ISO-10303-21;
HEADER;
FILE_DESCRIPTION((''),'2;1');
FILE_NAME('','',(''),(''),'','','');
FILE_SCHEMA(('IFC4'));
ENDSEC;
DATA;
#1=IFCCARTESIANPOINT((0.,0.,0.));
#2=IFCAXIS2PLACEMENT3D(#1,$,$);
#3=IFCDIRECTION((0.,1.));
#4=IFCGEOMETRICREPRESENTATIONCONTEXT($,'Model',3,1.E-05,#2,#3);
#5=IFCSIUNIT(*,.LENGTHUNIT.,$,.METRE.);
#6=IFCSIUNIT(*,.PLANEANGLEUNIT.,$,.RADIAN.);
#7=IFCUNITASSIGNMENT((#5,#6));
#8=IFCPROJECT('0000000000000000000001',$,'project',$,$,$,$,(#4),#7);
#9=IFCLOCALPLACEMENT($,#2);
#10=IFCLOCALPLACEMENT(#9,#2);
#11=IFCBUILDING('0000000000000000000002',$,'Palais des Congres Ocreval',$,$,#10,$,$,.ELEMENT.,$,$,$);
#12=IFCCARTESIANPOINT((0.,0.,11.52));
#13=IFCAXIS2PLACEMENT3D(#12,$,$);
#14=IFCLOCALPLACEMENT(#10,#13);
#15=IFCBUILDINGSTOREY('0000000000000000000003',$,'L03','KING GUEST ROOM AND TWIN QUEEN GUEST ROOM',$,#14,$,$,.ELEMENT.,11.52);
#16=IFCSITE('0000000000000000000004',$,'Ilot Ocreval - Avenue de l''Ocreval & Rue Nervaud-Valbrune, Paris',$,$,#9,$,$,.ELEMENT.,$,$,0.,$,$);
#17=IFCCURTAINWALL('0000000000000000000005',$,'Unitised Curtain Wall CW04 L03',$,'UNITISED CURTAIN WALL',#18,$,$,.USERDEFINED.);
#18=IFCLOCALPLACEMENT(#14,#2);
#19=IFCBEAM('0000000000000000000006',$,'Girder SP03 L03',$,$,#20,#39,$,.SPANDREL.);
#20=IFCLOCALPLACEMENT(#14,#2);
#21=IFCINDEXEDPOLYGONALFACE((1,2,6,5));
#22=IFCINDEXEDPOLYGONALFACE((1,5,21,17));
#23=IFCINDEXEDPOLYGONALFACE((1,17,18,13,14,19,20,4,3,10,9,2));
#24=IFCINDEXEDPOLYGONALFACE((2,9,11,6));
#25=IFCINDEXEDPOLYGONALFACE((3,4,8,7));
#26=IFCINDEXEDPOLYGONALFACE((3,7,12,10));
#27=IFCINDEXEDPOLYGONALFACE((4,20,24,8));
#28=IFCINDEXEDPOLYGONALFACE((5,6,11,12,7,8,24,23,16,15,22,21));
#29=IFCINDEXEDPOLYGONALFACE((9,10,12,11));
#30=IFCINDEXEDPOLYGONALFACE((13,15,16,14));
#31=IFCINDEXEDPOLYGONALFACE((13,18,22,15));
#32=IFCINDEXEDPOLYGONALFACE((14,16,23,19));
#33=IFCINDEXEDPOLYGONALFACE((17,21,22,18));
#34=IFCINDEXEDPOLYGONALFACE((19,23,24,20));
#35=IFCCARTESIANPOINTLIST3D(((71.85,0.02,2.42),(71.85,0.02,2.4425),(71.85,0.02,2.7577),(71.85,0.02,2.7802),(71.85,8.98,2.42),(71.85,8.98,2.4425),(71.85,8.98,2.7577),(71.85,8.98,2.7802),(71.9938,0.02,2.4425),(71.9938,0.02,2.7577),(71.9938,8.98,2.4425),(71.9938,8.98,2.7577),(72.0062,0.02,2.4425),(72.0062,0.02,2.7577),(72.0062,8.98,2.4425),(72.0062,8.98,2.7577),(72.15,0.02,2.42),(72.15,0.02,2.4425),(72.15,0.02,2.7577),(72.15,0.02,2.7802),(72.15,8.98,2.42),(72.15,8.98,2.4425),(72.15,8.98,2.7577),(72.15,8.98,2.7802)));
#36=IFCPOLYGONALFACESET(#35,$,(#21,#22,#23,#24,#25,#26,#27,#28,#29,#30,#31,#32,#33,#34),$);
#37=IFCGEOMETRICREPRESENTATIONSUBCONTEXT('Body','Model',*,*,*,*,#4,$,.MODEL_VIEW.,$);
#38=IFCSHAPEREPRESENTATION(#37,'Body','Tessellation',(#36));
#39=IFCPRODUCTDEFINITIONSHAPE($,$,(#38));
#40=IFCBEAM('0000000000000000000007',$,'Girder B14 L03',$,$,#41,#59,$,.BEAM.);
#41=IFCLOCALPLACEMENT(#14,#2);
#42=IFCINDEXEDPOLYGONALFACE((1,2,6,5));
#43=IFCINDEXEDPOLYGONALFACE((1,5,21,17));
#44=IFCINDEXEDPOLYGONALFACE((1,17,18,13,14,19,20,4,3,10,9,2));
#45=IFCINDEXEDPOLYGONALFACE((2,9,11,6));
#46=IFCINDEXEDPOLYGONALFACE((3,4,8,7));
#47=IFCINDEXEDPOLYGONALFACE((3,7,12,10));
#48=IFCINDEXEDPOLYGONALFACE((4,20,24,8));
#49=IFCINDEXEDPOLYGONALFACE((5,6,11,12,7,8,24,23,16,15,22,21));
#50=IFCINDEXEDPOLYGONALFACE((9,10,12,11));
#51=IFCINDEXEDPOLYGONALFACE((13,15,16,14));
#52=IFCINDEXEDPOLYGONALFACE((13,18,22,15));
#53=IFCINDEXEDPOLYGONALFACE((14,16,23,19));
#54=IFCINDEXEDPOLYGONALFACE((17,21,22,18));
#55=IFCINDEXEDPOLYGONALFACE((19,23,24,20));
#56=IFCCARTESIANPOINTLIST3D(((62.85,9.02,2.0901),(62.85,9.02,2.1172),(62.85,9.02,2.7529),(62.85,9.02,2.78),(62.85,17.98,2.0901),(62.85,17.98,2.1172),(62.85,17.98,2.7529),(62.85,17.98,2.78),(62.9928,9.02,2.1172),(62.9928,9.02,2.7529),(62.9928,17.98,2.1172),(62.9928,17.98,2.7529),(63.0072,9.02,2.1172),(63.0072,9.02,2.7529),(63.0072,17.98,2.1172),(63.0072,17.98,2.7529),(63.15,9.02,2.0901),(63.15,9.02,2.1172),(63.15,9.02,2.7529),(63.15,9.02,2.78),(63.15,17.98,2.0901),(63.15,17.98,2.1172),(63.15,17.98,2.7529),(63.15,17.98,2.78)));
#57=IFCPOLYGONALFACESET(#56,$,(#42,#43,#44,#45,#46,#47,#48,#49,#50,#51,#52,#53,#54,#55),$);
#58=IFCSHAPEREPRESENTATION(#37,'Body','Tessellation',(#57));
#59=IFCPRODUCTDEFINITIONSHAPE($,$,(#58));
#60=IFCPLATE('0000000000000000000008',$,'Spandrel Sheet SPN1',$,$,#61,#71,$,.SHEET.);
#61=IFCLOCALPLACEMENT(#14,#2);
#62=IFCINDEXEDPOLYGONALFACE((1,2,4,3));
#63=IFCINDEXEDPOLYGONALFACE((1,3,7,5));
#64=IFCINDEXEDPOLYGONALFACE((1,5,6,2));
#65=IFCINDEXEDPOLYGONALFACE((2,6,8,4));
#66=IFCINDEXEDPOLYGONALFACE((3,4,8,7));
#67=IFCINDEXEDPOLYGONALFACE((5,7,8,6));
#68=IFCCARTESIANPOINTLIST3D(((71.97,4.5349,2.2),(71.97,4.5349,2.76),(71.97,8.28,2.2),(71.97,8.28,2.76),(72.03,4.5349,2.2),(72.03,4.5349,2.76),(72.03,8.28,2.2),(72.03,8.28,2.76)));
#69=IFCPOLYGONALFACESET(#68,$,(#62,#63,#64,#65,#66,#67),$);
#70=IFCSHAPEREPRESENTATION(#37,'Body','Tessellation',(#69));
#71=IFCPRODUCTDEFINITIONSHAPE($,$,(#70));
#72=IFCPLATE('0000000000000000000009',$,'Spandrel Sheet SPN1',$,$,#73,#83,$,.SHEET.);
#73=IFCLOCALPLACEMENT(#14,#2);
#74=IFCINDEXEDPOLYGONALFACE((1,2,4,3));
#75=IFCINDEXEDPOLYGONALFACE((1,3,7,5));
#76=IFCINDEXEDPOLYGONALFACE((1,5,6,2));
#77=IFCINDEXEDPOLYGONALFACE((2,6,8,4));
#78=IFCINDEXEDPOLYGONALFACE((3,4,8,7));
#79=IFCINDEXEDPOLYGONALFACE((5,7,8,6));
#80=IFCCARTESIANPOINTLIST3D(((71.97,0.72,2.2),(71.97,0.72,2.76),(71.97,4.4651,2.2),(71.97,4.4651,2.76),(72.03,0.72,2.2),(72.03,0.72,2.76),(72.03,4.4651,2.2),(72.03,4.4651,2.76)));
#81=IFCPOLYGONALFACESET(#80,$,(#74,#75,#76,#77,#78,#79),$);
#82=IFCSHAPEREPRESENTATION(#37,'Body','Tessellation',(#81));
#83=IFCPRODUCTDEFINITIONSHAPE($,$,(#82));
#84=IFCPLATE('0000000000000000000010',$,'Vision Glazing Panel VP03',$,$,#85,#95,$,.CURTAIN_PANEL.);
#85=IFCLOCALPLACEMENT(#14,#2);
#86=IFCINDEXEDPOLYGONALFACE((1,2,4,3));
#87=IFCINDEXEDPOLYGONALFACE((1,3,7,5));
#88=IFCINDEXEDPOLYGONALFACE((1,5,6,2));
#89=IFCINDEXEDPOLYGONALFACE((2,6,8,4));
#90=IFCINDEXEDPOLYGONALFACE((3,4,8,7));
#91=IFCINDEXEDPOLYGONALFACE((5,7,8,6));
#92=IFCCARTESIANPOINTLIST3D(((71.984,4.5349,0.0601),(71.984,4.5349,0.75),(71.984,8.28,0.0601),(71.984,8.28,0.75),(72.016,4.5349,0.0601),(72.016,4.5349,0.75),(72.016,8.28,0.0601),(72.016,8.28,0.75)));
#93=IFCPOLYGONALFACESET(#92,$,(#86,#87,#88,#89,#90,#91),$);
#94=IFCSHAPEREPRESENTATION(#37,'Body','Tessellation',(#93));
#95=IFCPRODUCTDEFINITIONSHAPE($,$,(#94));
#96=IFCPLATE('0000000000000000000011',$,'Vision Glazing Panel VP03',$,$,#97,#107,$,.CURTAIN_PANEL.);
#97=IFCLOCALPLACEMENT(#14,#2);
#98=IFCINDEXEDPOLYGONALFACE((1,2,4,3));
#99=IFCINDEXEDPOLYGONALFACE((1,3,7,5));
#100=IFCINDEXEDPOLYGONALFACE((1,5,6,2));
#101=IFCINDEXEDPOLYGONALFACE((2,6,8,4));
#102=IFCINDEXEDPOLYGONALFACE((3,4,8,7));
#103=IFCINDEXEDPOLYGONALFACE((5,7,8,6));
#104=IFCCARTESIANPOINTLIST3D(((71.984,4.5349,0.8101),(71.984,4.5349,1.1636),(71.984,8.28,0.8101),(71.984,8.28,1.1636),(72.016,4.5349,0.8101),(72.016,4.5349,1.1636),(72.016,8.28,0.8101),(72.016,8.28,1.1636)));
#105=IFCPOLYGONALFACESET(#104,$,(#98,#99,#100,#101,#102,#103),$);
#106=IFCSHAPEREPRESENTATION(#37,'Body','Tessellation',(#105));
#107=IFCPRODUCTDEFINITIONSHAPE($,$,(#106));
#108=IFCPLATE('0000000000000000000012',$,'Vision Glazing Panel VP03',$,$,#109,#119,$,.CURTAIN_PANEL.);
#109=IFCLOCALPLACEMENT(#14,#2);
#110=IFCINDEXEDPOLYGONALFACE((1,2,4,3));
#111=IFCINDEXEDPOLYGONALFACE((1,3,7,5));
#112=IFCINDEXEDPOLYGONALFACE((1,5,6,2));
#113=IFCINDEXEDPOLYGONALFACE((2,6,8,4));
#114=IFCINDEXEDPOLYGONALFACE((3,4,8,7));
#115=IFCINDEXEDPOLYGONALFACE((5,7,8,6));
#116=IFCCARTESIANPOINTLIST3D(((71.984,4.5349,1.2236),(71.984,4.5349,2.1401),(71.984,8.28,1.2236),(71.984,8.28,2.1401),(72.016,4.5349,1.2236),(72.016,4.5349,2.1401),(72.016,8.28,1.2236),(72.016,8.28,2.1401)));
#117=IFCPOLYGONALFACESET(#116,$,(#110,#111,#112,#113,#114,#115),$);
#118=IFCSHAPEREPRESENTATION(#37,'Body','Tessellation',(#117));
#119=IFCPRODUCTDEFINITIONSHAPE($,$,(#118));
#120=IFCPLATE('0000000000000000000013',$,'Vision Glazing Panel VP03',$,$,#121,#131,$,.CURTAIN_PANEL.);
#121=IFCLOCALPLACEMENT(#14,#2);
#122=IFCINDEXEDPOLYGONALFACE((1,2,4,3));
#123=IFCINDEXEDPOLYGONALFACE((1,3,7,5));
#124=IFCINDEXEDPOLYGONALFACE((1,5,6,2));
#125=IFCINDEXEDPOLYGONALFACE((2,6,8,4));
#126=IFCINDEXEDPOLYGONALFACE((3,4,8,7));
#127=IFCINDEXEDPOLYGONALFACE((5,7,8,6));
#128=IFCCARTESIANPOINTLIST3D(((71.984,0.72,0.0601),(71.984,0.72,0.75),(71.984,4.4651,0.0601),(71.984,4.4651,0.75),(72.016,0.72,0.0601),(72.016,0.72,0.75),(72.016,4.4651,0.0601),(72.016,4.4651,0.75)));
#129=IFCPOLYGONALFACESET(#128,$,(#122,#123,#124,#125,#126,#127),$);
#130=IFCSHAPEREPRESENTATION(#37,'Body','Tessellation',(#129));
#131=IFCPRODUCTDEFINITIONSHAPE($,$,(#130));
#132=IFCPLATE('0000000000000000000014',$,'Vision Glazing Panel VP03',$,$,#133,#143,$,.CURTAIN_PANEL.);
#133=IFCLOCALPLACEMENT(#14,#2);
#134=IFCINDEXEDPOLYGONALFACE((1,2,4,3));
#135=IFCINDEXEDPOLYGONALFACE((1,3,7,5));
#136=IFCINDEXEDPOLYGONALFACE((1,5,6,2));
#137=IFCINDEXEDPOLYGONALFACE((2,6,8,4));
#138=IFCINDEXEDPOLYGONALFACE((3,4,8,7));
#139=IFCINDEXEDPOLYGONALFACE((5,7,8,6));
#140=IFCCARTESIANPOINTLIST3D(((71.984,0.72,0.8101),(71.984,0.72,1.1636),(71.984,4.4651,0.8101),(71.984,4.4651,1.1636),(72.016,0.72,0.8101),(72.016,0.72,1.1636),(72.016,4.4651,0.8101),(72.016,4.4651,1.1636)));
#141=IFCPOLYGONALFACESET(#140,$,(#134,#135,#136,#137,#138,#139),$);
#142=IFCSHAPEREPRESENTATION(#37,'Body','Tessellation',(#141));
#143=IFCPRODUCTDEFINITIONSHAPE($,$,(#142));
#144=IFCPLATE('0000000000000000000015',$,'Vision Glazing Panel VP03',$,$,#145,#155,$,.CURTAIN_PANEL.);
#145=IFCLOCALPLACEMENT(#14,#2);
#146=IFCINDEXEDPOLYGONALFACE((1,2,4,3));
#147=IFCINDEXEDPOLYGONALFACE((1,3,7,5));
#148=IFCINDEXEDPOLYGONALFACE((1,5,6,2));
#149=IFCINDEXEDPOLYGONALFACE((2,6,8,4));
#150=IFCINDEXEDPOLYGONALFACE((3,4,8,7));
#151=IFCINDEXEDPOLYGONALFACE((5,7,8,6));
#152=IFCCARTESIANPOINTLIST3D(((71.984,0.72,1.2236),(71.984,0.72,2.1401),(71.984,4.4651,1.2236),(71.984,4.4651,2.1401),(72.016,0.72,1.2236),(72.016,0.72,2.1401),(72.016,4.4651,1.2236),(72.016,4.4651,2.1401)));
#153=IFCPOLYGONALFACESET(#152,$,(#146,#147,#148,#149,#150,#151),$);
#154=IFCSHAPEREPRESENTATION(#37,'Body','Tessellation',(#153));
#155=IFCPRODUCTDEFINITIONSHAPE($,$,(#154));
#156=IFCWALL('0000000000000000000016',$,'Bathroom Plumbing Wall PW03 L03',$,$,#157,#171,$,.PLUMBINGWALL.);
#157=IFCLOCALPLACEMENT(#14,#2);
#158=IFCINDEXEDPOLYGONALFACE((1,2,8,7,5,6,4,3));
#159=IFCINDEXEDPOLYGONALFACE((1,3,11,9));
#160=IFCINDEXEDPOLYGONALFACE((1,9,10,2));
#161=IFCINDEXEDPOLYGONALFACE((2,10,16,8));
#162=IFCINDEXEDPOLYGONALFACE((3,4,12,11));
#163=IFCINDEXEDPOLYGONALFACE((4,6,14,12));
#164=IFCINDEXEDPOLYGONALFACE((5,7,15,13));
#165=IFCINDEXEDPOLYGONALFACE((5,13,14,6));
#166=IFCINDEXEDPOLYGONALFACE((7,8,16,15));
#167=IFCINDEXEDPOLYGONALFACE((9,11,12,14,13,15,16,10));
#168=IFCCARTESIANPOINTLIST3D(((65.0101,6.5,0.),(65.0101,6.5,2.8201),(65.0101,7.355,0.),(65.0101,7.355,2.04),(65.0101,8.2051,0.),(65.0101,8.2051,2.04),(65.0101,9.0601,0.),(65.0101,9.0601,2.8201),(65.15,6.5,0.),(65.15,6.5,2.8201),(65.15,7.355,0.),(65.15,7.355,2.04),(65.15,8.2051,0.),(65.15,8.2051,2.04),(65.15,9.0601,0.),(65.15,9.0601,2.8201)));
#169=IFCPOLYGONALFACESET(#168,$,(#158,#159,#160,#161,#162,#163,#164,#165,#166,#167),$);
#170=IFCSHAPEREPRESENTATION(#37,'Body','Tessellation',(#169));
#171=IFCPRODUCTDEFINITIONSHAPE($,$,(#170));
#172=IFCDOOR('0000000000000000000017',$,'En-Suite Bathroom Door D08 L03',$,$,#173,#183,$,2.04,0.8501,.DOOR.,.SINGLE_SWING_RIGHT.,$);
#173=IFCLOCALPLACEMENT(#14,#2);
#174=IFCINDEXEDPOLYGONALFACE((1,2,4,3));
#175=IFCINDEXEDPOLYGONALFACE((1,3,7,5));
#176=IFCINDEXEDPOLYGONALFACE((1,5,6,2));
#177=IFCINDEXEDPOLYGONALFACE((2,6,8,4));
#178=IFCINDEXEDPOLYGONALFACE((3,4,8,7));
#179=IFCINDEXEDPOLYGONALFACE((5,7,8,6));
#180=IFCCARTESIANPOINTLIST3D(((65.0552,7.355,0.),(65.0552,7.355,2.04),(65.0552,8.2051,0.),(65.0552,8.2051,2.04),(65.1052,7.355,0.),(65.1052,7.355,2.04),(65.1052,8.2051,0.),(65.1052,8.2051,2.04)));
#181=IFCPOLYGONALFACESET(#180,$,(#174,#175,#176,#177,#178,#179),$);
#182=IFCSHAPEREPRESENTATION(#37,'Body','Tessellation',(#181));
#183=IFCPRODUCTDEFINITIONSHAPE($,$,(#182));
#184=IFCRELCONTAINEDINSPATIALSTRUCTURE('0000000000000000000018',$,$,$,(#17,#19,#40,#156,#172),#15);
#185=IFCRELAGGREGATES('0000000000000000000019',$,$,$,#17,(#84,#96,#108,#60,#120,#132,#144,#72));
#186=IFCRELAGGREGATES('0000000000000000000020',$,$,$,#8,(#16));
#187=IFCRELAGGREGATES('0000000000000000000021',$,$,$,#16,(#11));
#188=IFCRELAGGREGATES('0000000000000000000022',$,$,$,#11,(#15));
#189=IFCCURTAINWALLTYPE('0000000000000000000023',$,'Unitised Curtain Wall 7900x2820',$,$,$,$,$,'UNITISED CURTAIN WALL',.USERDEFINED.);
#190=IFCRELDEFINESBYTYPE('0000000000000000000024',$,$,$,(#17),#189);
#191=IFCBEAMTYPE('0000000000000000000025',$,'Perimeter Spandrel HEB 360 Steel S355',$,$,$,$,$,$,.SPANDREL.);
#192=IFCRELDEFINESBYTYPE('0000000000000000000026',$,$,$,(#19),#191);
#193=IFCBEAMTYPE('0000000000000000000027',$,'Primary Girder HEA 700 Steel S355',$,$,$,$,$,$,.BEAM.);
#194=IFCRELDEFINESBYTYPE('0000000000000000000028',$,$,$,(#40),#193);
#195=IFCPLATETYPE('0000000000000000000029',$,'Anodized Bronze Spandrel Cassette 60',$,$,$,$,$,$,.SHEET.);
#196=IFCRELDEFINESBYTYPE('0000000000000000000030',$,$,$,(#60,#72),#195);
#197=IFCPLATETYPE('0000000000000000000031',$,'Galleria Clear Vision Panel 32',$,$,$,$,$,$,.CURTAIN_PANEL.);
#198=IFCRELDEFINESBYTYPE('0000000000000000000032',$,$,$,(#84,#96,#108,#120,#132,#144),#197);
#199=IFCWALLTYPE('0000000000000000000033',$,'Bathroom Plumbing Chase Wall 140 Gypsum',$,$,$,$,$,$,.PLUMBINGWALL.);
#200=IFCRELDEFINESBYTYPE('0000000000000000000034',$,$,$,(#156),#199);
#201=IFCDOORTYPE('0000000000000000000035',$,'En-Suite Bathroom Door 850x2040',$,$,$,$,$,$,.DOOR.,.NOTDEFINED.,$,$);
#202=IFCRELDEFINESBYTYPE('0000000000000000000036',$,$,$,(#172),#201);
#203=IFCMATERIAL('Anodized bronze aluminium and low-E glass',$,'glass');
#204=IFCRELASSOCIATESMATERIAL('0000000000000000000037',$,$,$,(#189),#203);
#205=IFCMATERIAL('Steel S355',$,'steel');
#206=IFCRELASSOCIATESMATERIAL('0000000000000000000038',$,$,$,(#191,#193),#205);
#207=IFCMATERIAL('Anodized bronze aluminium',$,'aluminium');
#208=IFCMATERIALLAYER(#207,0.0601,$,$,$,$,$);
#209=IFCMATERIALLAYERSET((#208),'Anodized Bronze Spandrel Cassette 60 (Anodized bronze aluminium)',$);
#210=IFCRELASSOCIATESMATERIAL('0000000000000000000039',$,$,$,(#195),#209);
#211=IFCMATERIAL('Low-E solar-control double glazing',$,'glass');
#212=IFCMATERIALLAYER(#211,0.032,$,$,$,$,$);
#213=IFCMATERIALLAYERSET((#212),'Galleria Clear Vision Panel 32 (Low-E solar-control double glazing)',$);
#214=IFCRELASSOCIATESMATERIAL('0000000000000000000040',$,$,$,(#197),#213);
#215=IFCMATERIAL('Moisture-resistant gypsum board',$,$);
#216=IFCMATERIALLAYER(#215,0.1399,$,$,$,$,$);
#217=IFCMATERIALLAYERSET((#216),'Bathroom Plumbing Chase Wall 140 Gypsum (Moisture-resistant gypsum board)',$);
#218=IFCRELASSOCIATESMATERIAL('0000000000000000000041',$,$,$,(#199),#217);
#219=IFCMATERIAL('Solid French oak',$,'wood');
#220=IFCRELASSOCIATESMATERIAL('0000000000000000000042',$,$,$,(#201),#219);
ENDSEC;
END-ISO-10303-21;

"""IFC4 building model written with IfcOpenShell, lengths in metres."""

from ifc_helpers import new_model, si_unit, direction, frame, frame_2d, origin, origin_2d, place, context, subcontext, project, spatial, rectangle, i_section, extrude, material, layer, layer_set, material_profile, profile_set, type_object, element, fill, aggregate, save


model = new_model("IFC4")

# Units and contexts
model_context = context("Model", 3, precision=1e-05, world=origin(), true_north=direction((0.0, 1.0)))
body_context = subcontext(model_context, "Body", "Model", "MODEL_VIEW")
ifc_project = project(units=[si_unit("LENGTHUNIT", "METRE"), si_unit("PLANEANGLEUNIT", "RADIAN")], contexts=[model_context])

# Site, building, storey
site_placement = place(None, origin())
site = spatial("IfcSite", under=ifc_project, at=site_placement, Name="Ilot Ocreval - Avenue de l'Ocreval & Rue Nervaud-Valbrune, Paris", CompositionType="ELEMENT", RefElevation=0.0)
building_placement = place(site_placement, origin())
building = spatial("IfcBuilding", under=site, at=building_placement, Name="Palais des Congres Ocreval", CompositionType="ELEMENT")
storey_placement = place(building_placement, frame((0.0, 0.0, 11.52)))
storey = spatial("IfcBuildingStorey", under=building, at=storey_placement, Name="L03", Description="KING GUEST ROOM AND TWIN QUEEN GUEST ROOM", CompositionType="ELEMENT", Elevation=11.52)

# Shared definitions
ifc_material_1 = material(Name="Steel S355", Category="steel")

# Curtain wall
ifc_material_2 = material(Name="Anodized bronze aluminium and low-E glass", Category="glass")
curtain_wall_type = type_object("IfcCurtainWallType", Name="Unitised Curtain Wall 7900x2820", ElementType="UNITISED CURTAIN WALL", PredefinedType="USERDEFINED", material=ifc_material_2)
curtain_wall_placement = place(storey_placement, origin())
curtain_wall = element("IfcCurtainWall", 1, at=curtain_wall_placement, inside=storey, type_object=curtain_wall_type, Name="Unitised Curtain Wall CW04 L03", ObjectType="UNITISED CURTAIN WALL", PredefinedType="USERDEFINED")
ifc_material_3 = material(Name="Anodized bronze aluminium", Category="aluminium")

# Beams
ifc_material_profile_1 = material_profile(ifc_material_1, i_section(OverallWidth=0.3, OverallDepth=0.3601, WebThickness=0.0125, FlangeThickness=0.0225, at=origin_2d()), Name="HEB 360")
ifc_profile_set_1 = profile_set([ifc_material_profile_1], Name="Steel S355")
beam_type_1 = type_object("IfcBeamType", Name="Perimeter Spandrel HEB 360 Steel S355", PredefinedType="SPANDREL", material=ifc_profile_set_1)
beam_1_placement = place(storey_placement, frame((72.0, 0.02, 2.6001), z_axis=(0.0, 1.0, 0.0), x_axis=(-1.0, 0.0, 0.0)))
element("IfcBeam", 2, at=beam_1_placement, inside=storey, type_object=beam_type_1, Name="Girder SP03 L03", PredefinedType="SPANDREL", context=body_context, shape_type="SweptSolid", body=[
    extrude(i_section(OverallWidth=0.3, OverallDepth=0.3601, WebThickness=0.0125, FlangeThickness=0.0225, at=origin_2d()), origin(), (0.0, 0.0, 1.0), 8.96),
])
ifc_material_profile_2 = material_profile(ifc_material_1, i_section(OverallWidth=0.3, OverallDepth=0.6899, WebThickness=0.0144, FlangeThickness=0.0271, at=origin_2d()), Name="HEA 700")
ifc_profile_set_2 = profile_set([ifc_material_profile_2], Name="Steel S355")
beam_type_2 = type_object("IfcBeamType", Name="Primary Girder HEA 700 Steel S355", PredefinedType="BEAM", material=ifc_profile_set_2)
beam_2_placement = place(storey_placement, frame((63.0, 9.02, 2.4351), z_axis=(0.0, 1.0, 0.0), x_axis=(-1.0, 0.0, 0.0)))
element("IfcBeam", 3, at=beam_2_placement, inside=storey, type_object=beam_type_2, Name="Girder B14 L03", PredefinedType="BEAM", context=body_context, shape_type="SweptSolid", body=[
    extrude(i_section(OverallWidth=0.3, OverallDepth=0.6899, WebThickness=0.0144, FlangeThickness=0.0271, at=origin_2d()), origin(), (0.0, 0.0, 1.0), 8.96),
])

# Plates
ifc_layer_1 = layer(ifc_material_3, 0.0601)
ifc_layer_set_1 = layer_set([ifc_layer_1], Name="Anodized Bronze Spandrel Cassette 60 (Anodized bronze aluminium)")
plate_type_1 = type_object("IfcPlateType", Name="Anodized Bronze Spandrel Cassette 60", PredefinedType="SHEET", material=ifc_layer_set_1)
plate_1_placement = place(storey_placement, frame((72.0, 6.4075, 2.2), z_axis=(0.0, 0.0, 1.0), x_axis=(0.0, -1.0, 0.0)))
plate_1 = element("IfcPlate", 4, at=plate_1_placement, type_object=plate_type_1, Name="Spandrel Sheet SPN1", PredefinedType="SHEET", context=body_context, shape_type="SweptSolid", body=[
    extrude(rectangle(XDim=3.7451, YDim=0.0601, at=origin_2d()), origin(), (0.0, 0.0, 1.0), 0.5601),
])
plate_2_placement = place(storey_placement, frame((72.0, 2.5925, 2.2), z_axis=(0.0, 0.0, 1.0), x_axis=(0.0, -1.0, 0.0)))
plate_2 = element("IfcPlate", 5, at=plate_2_placement, type_object=plate_type_1, Name="Spandrel Sheet SPN1", PredefinedType="SHEET", context=body_context, shape_type="SweptSolid", body=[
    extrude(rectangle(XDim=3.7451, YDim=0.0601, at=origin_2d()), origin(), (0.0, 0.0, 1.0), 0.5601),
])
ifc_material_4 = material(Name="Low-E solar-control double glazing", Category="glass")
ifc_layer_2 = layer(ifc_material_4, 0.032)
ifc_layer_set_2 = layer_set([ifc_layer_2], Name="Galleria Clear Vision Panel 32 (Low-E solar-control double glazing)")
plate_type_2 = type_object("IfcPlateType", Name="Galleria Clear Vision Panel 32", PredefinedType="CURTAIN_PANEL", material=ifc_layer_set_2)
plate_3_placement = place(storey_placement, frame((72.0, 6.4075, 0.0601), z_axis=(0.0, 0.0, 1.0), x_axis=(0.0, -1.0, 0.0)))
plate_3 = element("IfcPlate", 6, at=plate_3_placement, type_object=plate_type_2, Name="Vision Glazing Panel VP03", PredefinedType="CURTAIN_PANEL", context=body_context, shape_type="SweptSolid", body=[
    extrude(rectangle(XDim=3.7451, YDim=0.032, at=origin_2d()), origin(), (0.0, 0.0, 1.0), 0.6899),
])
plate_4_placement = place(storey_placement, frame((72.0, 6.4075, 0.8101), z_axis=(0.0, 0.0, 1.0), x_axis=(0.0, -1.0, 0.0)))
plate_4 = element("IfcPlate", 7, at=plate_4_placement, type_object=plate_type_2, Name="Vision Glazing Panel VP03", PredefinedType="CURTAIN_PANEL", context=body_context, shape_type="SweptSolid", body=[
    extrude(rectangle(XDim=3.7451, YDim=0.032, at=origin_2d()), origin(), (0.0, 0.0, 1.0), 0.3535),
])
plate_5_placement = place(storey_placement, frame((72.0, 6.4075, 1.2236), z_axis=(0.0, 0.0, 1.0), x_axis=(0.0, -1.0, 0.0)))
plate_5 = element("IfcPlate", 8, at=plate_5_placement, type_object=plate_type_2, Name="Vision Glazing Panel VP03", PredefinedType="CURTAIN_PANEL", context=body_context, shape_type="SweptSolid", body=[
    extrude(rectangle(XDim=3.7451, YDim=0.032, at=origin_2d()), origin(), (0.0, 0.0, 1.0), 0.9165),
])
plate_6_placement = place(storey_placement, frame((72.0, 2.5925, 0.0601), z_axis=(0.0, 0.0, 1.0), x_axis=(0.0, -1.0, 0.0)))
plate_6 = element("IfcPlate", 9, at=plate_6_placement, type_object=plate_type_2, Name="Vision Glazing Panel VP03", PredefinedType="CURTAIN_PANEL", context=body_context, shape_type="SweptSolid", body=[
    extrude(rectangle(XDim=3.7451, YDim=0.032, at=origin_2d()), origin(), (0.0, 0.0, 1.0), 0.6899),
])
plate_7_placement = place(storey_placement, frame((72.0, 2.5925, 0.8101), z_axis=(0.0, 0.0, 1.0), x_axis=(0.0, -1.0, 0.0)))
plate_7 = element("IfcPlate", 10, at=plate_7_placement, type_object=plate_type_2, Name="Vision Glazing Panel VP03", PredefinedType="CURTAIN_PANEL", context=body_context, shape_type="SweptSolid", body=[
    extrude(rectangle(XDim=3.7451, YDim=0.032, at=origin_2d()), origin(), (0.0, 0.0, 1.0), 0.3535),
])
plate_8_placement = place(storey_placement, frame((72.0, 2.5925, 1.2236), z_axis=(0.0, 0.0, 1.0), x_axis=(0.0, -1.0, 0.0)))
plate_8 = element("IfcPlate", 11, at=plate_8_placement, type_object=plate_type_2, Name="Vision Glazing Panel VP03", PredefinedType="CURTAIN_PANEL", context=body_context, shape_type="SweptSolid", body=[
    extrude(rectangle(XDim=3.7451, YDim=0.032, at=origin_2d()), origin(), (0.0, 0.0, 1.0), 0.9165),
])
aggregate(curtain_wall, [plate_3, plate_4, plate_5, plate_1, plate_6, plate_7, plate_8, plate_2])

# Wall, opening, door
ifc_material_5 = material(Name="Moisture-resistant gypsum board")
ifc_layer_3 = layer(ifc_material_5, 0.1399)
ifc_layer_set_3 = layer_set([ifc_layer_3], Name="Bathroom Plumbing Chase Wall 140 Gypsum (Moisture-resistant gypsum board)")
wall_type_1 = type_object("IfcWallType", Name="Bathroom Plumbing Chase Wall 140 Gypsum", PredefinedType="PLUMBINGWALL", material=ifc_layer_set_3)
wall_1_placement = place(storey_placement, frame((65.0801, 6.5, 0.0), z_axis=(0.0, 0.0, 1.0), x_axis=(0.0, 1.0, 0.0)))
wall_1 = element("IfcWall", 12, at=wall_1_placement, inside=storey, type_object=wall_type_1, Name="Bathroom Plumbing Wall PW03 L03", PredefinedType="PLUMBINGWALL", context=body_context, shape_type="SweptSolid", body=[
    extrude(rectangle(XDim=2.5601, YDim=0.1399, at=frame_2d((1.28, 0.0))), origin(), (0.0, 0.0, 1.0), 2.8201),
])
opening_1_placement = place(wall_1_placement, frame((0.855, 0.0, 0.0)))
opening_1 = element("IfcOpeningElement", 13, at=opening_1_placement, cuts=wall_1, PredefinedType="OPENING", context=body_context, shape_type="SweptSolid", body=[
    extrude(rectangle(XDim=0.8501, YDim=2.04, at=frame_2d((0.425, 1.02))), frame((0.0, 0.0798, 0.0), z_axis=(0.0, -1.0, 0.0), x_axis=(1.0, 0.0, 0.0)), (0.0, 0.0, 1.0), 0.1599),
])
ifc_material_6 = material(Name="Solid French oak", Category="wood")
door_type = type_object("IfcDoorType", Name="En-Suite Bathroom Door 850x2040", OperationType="NOTDEFINED", PredefinedType="DOOR", material=ifc_material_6)
door_1_placement = place(opening_1_placement, origin())
door_1 = element("IfcDoor", 14, at=door_1_placement, inside=storey, type_object=door_type, Name="En-Suite Bathroom Door D08 L03", OperationType="SINGLE_SWING_RIGHT", OverallHeight=2.04, OverallWidth=0.8501, PredefinedType="DOOR", context=body_context, shape_type="SweptSolid", body=[
    extrude(rectangle(XDim=0.8501, YDim=2.04, at=frame_2d((0.425, 1.02))), frame((0.0, 0.0249, 0.0), z_axis=(0.0, -1.0, 0.0), x_axis=(1.0, 0.0, 0.0)), (0.0, 0.0, 1.0), 0.05),
])
fill(opening_1, door_1)

save(model, "model.ifc")
